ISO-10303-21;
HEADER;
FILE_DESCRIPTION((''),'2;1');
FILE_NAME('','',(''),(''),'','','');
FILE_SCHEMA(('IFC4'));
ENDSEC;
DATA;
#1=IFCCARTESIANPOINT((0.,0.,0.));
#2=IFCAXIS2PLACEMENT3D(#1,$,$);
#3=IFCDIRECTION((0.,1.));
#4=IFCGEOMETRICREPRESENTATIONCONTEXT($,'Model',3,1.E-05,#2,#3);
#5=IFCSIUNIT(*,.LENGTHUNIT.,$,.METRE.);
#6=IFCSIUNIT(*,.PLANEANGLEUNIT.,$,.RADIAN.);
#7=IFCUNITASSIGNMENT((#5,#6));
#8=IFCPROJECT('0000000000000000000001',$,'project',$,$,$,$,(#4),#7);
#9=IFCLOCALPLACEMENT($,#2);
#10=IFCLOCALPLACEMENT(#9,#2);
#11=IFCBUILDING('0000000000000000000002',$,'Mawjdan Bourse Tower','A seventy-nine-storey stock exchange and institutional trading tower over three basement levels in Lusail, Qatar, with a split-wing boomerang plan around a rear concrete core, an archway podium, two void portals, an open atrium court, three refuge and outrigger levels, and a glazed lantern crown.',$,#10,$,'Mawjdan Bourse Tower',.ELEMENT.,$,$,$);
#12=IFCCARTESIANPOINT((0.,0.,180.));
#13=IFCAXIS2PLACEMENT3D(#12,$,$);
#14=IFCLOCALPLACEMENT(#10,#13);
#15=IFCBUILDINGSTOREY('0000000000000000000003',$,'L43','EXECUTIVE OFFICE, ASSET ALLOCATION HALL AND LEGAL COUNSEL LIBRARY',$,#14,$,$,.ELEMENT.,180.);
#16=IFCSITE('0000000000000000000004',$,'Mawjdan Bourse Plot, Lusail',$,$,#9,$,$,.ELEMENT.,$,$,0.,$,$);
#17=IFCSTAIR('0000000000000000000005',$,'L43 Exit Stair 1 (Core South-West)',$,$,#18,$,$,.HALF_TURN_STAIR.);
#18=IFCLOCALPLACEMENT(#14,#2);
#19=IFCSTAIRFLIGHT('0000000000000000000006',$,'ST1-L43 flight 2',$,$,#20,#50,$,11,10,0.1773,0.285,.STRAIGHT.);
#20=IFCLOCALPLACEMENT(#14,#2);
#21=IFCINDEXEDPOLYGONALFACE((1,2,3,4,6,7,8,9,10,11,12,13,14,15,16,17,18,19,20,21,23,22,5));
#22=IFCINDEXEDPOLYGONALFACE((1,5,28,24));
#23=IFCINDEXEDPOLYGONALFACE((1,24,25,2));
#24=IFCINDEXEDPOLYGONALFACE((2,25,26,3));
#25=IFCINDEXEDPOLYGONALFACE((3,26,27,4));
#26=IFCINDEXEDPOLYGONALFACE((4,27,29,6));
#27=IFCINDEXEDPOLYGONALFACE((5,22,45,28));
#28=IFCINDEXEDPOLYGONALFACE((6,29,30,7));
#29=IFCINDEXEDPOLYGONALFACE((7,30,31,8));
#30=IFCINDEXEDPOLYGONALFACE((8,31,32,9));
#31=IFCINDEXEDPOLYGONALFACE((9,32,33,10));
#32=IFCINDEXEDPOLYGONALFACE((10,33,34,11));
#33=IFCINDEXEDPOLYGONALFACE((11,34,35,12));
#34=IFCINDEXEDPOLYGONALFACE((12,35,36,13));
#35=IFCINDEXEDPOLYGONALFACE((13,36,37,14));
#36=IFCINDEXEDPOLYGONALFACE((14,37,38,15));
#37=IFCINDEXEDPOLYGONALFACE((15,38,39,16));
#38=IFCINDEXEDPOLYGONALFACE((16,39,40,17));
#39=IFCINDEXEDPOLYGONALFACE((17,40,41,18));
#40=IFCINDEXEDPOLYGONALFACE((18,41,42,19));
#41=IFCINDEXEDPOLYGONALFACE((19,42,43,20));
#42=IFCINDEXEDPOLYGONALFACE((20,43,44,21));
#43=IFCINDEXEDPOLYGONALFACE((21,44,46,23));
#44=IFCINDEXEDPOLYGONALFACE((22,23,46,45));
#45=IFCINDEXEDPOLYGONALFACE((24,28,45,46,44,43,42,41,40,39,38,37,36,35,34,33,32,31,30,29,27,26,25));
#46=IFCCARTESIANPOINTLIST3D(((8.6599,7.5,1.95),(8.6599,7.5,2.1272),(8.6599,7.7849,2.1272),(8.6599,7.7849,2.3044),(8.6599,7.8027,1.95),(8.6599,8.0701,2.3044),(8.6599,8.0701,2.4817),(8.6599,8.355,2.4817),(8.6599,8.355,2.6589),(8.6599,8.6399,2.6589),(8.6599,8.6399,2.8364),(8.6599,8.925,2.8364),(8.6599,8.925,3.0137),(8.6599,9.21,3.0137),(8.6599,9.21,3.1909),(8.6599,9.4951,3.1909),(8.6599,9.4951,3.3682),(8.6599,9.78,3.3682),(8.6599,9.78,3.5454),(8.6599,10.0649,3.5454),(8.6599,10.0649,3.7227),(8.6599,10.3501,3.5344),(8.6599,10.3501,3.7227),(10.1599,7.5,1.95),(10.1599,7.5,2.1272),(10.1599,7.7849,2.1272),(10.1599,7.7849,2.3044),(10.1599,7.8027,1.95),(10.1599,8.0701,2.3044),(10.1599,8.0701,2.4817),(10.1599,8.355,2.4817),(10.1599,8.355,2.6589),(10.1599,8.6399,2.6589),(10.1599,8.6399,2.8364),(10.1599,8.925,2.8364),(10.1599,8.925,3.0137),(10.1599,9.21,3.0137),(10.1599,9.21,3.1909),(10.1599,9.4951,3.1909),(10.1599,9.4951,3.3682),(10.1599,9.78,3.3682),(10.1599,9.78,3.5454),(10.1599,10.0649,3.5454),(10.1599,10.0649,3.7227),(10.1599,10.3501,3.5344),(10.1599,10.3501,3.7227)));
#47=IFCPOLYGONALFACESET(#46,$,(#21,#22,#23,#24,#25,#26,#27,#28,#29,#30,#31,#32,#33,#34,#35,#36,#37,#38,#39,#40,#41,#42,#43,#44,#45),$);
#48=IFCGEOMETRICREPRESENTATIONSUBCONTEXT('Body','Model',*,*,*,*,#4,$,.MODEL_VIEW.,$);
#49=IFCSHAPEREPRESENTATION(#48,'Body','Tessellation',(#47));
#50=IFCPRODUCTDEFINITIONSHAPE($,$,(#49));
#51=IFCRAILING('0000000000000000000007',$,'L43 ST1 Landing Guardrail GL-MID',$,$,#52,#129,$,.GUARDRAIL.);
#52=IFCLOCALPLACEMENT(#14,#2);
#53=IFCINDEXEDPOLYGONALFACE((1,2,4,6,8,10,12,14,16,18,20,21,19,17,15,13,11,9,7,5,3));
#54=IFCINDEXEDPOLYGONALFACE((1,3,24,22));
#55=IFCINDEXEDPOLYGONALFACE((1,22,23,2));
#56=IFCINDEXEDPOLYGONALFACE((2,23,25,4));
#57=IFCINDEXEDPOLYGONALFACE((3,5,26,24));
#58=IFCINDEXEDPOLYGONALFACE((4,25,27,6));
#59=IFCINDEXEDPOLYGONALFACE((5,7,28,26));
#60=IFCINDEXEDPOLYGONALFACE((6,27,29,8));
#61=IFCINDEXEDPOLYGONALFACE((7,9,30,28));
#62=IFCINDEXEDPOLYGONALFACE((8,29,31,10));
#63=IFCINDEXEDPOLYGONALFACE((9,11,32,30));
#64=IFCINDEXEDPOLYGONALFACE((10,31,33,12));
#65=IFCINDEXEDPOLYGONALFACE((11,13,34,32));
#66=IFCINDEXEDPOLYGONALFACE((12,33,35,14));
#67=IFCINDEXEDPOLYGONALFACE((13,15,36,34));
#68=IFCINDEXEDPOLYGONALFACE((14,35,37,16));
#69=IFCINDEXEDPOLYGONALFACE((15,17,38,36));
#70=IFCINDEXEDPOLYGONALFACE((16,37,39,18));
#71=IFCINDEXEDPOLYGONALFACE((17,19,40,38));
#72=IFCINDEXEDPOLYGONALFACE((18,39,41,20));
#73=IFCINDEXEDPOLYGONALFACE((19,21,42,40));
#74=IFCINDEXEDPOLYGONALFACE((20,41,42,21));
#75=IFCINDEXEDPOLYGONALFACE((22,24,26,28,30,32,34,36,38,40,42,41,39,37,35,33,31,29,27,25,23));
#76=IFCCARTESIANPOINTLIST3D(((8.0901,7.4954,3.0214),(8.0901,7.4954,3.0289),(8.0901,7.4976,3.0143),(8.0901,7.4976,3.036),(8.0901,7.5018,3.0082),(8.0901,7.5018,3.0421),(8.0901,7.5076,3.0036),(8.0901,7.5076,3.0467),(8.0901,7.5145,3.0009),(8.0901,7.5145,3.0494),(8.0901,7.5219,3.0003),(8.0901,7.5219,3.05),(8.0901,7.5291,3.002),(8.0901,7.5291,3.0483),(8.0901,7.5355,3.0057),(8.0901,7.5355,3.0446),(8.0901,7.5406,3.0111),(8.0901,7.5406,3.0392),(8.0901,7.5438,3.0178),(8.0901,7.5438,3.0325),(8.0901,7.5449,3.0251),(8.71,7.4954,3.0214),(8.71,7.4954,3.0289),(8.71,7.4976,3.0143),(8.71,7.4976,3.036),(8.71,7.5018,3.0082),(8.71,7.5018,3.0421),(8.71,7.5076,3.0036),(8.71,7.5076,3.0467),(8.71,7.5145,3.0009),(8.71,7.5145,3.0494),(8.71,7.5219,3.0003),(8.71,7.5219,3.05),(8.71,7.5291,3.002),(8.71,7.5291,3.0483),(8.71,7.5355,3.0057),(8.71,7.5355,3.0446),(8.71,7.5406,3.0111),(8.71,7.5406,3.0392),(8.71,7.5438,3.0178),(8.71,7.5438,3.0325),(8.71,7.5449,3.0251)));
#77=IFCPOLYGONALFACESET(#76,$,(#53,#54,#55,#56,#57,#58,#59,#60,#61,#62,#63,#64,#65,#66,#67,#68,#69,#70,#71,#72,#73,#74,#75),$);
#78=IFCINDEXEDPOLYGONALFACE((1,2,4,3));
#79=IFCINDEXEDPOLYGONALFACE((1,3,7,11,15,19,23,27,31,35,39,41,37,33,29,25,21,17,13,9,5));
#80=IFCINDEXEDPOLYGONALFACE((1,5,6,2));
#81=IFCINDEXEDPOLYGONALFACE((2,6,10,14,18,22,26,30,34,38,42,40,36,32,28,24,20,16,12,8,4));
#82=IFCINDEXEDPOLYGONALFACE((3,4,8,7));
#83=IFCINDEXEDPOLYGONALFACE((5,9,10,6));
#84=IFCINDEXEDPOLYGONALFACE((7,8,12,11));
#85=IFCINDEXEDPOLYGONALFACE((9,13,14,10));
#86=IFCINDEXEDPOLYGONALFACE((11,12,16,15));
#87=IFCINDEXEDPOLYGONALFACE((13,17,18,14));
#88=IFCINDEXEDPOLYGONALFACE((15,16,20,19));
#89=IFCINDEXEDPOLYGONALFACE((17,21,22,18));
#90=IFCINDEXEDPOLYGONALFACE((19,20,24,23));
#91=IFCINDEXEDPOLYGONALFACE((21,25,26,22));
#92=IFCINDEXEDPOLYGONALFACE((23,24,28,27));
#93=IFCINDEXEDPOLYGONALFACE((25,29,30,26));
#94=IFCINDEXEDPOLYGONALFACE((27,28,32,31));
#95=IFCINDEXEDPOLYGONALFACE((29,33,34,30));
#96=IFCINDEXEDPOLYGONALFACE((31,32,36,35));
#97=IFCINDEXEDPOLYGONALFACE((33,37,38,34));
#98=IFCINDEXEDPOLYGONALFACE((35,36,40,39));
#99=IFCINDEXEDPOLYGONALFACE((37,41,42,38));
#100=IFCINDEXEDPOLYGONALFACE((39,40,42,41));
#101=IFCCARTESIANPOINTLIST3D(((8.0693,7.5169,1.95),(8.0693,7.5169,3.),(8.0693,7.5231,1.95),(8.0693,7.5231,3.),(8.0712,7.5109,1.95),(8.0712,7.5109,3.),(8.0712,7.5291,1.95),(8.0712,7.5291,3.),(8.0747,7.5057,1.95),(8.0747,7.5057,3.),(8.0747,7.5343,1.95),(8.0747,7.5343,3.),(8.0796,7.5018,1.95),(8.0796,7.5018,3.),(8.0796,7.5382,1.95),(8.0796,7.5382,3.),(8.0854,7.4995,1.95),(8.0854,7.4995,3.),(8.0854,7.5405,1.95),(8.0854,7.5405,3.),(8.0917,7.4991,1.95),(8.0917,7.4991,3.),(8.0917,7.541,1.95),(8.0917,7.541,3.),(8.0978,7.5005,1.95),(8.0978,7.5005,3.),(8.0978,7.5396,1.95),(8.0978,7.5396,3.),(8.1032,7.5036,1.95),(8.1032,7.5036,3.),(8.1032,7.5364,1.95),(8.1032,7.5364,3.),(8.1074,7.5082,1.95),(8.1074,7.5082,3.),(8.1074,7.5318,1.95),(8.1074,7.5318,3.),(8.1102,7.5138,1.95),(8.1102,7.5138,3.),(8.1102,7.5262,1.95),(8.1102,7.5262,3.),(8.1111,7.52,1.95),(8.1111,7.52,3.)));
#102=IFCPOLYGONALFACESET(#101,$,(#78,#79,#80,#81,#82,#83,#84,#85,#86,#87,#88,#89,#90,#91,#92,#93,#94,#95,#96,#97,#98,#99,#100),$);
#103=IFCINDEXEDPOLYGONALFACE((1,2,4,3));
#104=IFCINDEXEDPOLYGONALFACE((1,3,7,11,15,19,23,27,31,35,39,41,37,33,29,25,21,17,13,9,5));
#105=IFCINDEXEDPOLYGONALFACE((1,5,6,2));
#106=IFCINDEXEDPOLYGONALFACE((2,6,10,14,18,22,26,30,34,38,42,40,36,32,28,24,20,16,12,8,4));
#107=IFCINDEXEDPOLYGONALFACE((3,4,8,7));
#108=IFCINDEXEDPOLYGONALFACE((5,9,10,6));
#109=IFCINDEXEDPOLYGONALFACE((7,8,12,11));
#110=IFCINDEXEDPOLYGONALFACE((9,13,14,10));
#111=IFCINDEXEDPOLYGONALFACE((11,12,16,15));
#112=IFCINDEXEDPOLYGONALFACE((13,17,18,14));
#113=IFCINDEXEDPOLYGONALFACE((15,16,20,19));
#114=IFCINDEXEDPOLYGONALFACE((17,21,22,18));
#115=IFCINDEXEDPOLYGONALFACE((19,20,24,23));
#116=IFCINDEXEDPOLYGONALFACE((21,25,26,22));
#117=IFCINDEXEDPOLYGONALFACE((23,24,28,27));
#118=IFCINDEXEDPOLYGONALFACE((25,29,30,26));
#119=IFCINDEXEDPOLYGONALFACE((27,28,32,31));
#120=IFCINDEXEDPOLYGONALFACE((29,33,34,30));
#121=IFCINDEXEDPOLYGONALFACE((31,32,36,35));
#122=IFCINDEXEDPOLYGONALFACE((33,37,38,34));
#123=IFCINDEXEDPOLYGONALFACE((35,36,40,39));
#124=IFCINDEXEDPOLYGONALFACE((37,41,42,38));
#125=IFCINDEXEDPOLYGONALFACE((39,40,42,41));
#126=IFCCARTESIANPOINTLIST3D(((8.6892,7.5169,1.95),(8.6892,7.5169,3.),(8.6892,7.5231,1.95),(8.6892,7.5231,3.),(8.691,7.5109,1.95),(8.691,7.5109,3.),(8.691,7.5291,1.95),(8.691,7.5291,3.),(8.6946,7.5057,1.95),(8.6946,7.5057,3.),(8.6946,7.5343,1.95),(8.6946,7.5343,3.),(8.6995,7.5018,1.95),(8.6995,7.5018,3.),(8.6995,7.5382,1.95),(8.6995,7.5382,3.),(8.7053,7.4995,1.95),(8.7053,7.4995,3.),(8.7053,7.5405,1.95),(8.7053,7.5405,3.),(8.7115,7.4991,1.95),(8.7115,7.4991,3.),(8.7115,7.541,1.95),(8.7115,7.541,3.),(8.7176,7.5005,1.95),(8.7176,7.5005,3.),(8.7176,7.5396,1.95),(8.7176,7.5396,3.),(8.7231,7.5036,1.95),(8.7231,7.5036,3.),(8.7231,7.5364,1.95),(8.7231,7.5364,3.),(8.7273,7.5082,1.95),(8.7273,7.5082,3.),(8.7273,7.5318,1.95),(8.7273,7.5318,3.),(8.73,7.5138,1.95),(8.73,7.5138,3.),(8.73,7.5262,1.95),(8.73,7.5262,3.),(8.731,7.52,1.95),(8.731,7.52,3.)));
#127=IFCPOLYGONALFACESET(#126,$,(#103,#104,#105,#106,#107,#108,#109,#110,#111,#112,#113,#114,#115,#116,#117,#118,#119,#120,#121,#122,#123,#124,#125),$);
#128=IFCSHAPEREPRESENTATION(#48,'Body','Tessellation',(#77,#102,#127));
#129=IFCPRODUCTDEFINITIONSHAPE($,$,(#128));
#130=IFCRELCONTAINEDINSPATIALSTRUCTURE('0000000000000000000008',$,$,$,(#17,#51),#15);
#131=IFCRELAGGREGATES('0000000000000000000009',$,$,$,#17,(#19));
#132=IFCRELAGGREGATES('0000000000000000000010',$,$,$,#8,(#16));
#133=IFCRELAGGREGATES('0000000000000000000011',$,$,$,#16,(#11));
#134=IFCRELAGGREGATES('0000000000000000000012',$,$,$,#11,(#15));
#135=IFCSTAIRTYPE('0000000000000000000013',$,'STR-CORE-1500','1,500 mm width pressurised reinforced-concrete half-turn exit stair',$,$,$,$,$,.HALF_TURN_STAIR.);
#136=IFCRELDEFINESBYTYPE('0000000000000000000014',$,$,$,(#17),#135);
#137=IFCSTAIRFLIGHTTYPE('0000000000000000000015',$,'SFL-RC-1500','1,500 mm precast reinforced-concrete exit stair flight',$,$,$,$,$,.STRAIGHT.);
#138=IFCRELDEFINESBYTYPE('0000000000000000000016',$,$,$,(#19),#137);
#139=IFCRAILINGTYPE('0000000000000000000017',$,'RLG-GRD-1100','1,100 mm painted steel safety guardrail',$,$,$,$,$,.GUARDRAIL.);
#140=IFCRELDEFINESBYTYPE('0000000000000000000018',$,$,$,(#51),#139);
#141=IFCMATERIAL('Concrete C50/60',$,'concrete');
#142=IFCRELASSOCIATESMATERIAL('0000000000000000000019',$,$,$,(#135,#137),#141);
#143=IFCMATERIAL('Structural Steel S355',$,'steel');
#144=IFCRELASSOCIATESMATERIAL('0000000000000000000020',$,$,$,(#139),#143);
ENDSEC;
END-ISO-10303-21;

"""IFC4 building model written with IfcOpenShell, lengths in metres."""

from ifc_helpers import new_model, si_unit, direction, frame, origin, origin_2d, place, context, subcontext, project, spatial, polyline, circle, outline, extrude, material, type_object, element, aggregate, save


model = new_model("IFC4")

# Units and contexts
model_context = context("Model", 3, precision=1e-05, world=origin(), true_north=direction((0.0, 1.0)))
body_context = subcontext(model_context, "Body", "Model", "MODEL_VIEW")
ifc_project = project(units=[si_unit("LENGTHUNIT", "METRE"), si_unit("PLANEANGLEUNIT", "RADIAN")], contexts=[model_context])

# Site, building, storey
site_placement = place(None, origin())
site = spatial("IfcSite", under=ifc_project, at=site_placement, Name="Mawjdan Bourse Plot, Lusail", CompositionType="ELEMENT", RefElevation=0.0)
building_placement = place(site_placement, origin())
building = spatial("IfcBuilding", under=site, at=building_placement, Name="Mawjdan Bourse Tower", Description="A seventy-nine-storey stock exchange and institutional trading tower over three basement levels in Lusail, Qatar, with a split-wing boomerang plan around a rear concrete core, an archway podium, two void portals, an open atrium court, three refuge and outrigger levels, and a glazed lantern crown.", LongName="Mawjdan Bourse Tower", CompositionType="ELEMENT")
storey_placement = place(building_placement, frame((0.0, 0.0, 180.0)))
storey = spatial("IfcBuildingStorey", under=building, at=storey_placement, Name="L43", Description="EXECUTIVE OFFICE, ASSET ALLOCATION HALL AND LEGAL COUNSEL LIBRARY", CompositionType="ELEMENT", Elevation=180.0)

# Shared definitions
ifc_material_1 = material(Name="Structural Steel S355", Category="steel")

# Stair
ifc_material_2 = material(Name="Concrete C50/60", Category="concrete")
stair_type = type_object("IfcStairType", Name="STR-CORE-1500", Description="1,500 mm width pressurised reinforced-concrete half-turn exit stair", PredefinedType="HALF_TURN_STAIR", material=ifc_material_2)
stair_1_placement = place(storey_placement, origin())
stair_1 = element("IfcStair", 1, at=stair_1_placement, inside=storey, type_object=stair_type, Name="L43 Exit Stair 1 (Core South-West)", PredefinedType="HALF_TURN_STAIR")

# Stair flight
stair_flight_type = type_object("IfcStairFlightType", Name="SFL-RC-1500", Description="1,500 mm precast reinforced-concrete exit stair flight", PredefinedType="STRAIGHT", material=ifc_material_2)
stair_flight_placement = place(storey_placement, frame((9.4099, 7.5, 1.95), z_axis=(0.0, 0.0, 1.0), x_axis=(0.0, 1.0, 0.0)))
stair_flight = element("IfcStairFlight", 2, at=stair_flight_placement, type_object=stair_flight_type, Name="ST1-L43 flight 2", NumberOfRisers=11, NumberOfTreads=10, PredefinedType="STRAIGHT", RiserHeight=0.1773, TreadLength=0.285, context=body_context, shape_type="SweptSolid", body=[
    extrude(outline(polyline([(0.0, 0.0), (0.0, 0.1772), (0.2849, 0.1772), (0.2849, 0.3545), (0.5701, 0.3545), (0.5701, 0.5317), (0.855, 0.5317), (0.855, 0.709), (1.1399, 0.709), (1.1399, 0.8865), (1.425, 0.8865), (1.425, 1.0637), (1.71, 1.0637), (1.71, 1.241), (1.9951, 1.241), (1.9951, 1.4182), (2.28, 1.4182), (2.28, 1.5955), (2.5649, 1.5955), (2.5649, 1.7727), (2.8501, 1.7727), (2.8501, 1.95), (2.8501, 1.5845), (0.3027, 0.0), (0.0, 0.0)])), frame((0.0, 0.75, 0.0), z_axis=(0.0, -1.0, 0.0), x_axis=(1.0, 0.0, 0.0)), (0.0, 0.0, 1.0), 1.5),
])
aggregate(stair_1, [stair_flight])

# Railing
railing_type_1 = type_object("IfcRailingType", Name="RLG-GRD-1100", Description="1,100 mm painted steel safety guardrail", PredefinedType="GUARDRAIL", material=ifc_material_1)
railing_1_placement = place(storey_placement, frame((8.0901, 7.52, 1.95)))
element("IfcRailing", 3, at=railing_1_placement, inside=storey, type_object=railing_type_1, Name="L43 ST1 Landing Guardrail GL-MID", PredefinedType="GUARDRAIL", context=body_context, shape_type="SweptSolid", body=[
    extrude(circle(Radius=0.0249, at=origin_2d()), frame((0.0, 0.0, 1.0752), z_axis=(1.0, 0.0, 0.0), x_axis=(0.0, 1.0, 0.0)), (0.0, 0.0, 1.0), 0.6199),
    extrude(circle(Radius=0.021, at=origin_2d()), origin(), (0.0, 0.0, 1.0), 1.05),
    extrude(circle(Radius=0.021, at=origin_2d()), frame((0.6199, 0.0, 0.0)), (0.0, 0.0, 1.0), 1.05),
])

save(model, "model.ifc")
